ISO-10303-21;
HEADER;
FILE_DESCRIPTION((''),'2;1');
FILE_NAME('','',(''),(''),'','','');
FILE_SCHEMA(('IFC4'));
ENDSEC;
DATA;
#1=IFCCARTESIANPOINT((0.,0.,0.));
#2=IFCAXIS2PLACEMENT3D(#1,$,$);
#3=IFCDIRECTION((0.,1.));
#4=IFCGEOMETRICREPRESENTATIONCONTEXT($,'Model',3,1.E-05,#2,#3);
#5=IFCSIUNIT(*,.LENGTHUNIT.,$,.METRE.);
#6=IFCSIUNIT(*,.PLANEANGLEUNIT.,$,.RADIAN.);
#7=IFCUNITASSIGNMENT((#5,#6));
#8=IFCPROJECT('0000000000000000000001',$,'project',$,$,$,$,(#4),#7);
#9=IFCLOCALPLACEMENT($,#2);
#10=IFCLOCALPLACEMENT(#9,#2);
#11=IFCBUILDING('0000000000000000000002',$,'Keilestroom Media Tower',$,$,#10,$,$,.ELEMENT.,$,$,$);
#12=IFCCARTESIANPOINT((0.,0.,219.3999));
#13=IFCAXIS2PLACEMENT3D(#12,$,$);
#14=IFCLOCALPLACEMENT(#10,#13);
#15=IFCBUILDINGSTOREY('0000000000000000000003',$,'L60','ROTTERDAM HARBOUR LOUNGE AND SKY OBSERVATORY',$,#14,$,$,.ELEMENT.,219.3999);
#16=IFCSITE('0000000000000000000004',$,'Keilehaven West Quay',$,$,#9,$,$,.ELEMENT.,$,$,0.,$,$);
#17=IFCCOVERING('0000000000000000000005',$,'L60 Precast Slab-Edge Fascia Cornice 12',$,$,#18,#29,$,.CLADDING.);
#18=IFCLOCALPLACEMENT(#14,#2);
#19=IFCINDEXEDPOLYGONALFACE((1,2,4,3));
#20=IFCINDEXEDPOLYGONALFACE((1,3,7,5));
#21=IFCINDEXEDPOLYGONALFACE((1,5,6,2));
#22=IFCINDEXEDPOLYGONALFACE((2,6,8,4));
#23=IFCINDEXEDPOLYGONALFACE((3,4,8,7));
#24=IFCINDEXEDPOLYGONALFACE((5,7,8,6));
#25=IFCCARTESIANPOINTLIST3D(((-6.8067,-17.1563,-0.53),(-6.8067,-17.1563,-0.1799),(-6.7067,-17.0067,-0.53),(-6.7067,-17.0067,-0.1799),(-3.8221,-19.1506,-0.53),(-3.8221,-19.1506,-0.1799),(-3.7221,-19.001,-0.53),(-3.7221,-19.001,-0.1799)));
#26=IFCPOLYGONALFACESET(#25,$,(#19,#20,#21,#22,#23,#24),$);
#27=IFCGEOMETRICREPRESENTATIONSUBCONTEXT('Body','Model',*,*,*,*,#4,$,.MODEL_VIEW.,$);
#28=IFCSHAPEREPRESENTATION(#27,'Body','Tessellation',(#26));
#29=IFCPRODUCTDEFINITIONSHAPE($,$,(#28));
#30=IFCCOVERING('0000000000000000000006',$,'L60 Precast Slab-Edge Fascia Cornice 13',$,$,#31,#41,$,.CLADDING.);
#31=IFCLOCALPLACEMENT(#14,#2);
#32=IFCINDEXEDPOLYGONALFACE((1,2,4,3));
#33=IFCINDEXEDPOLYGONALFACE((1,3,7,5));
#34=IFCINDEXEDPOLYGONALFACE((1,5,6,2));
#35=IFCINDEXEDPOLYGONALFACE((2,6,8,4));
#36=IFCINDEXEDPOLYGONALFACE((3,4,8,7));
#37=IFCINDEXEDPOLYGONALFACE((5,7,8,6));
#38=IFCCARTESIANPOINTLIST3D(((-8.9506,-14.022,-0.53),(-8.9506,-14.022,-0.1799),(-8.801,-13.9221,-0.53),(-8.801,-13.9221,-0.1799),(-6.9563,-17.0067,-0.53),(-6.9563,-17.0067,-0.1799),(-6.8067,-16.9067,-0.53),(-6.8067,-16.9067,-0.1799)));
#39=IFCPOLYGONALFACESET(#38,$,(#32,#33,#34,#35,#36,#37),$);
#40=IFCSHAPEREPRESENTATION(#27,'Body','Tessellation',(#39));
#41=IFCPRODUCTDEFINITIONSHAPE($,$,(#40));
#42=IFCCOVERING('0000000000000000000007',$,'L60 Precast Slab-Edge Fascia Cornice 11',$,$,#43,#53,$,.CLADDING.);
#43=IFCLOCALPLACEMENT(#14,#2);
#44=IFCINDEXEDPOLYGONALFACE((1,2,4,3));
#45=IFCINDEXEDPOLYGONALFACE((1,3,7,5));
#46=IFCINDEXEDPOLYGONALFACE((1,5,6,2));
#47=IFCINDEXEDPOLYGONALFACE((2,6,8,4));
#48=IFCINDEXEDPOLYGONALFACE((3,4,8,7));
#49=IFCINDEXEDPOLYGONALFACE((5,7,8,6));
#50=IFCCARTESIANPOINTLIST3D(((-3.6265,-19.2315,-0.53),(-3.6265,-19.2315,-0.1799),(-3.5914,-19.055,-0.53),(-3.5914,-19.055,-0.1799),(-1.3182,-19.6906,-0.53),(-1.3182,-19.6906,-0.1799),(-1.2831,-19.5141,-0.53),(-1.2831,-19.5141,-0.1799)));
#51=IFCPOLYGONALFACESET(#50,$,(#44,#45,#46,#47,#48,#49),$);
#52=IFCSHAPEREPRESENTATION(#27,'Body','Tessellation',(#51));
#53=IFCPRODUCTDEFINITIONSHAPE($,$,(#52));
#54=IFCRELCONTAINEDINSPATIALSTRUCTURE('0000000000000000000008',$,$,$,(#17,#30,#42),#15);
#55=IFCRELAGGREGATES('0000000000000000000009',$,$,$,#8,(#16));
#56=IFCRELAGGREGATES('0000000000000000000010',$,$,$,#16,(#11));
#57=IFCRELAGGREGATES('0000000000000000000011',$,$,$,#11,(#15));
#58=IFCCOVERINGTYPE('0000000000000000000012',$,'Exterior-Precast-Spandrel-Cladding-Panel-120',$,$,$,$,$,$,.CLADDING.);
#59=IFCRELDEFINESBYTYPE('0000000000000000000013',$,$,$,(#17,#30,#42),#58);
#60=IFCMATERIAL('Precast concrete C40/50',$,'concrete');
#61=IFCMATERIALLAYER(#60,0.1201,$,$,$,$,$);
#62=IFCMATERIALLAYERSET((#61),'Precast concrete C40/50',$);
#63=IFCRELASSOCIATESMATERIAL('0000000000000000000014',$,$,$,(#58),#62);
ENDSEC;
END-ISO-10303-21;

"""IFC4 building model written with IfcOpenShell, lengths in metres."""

from ifc_helpers import new_model, si_unit, direction, frame, origin, origin_2d, place, context, subcontext, project, spatial, rectangle, extrude, source, transform, mapped, material, layer, layer_set, type_object, element, save


model = new_model("IFC4")

# Units and contexts
model_context = context("Model", 3, precision=1e-05, world=origin(), true_north=direction((0.0, 1.0)))
body_context = subcontext(model_context, "Body", "Model", "MODEL_VIEW")
ifc_project = project(units=[si_unit("LENGTHUNIT", "METRE"), si_unit("PLANEANGLEUNIT", "RADIAN")], contexts=[model_context])

# Site, building, storey
site_placement = place(None, origin())
site = spatial("IfcSite", under=ifc_project, at=site_placement, Name="Keilehaven West Quay", CompositionType="ELEMENT", RefElevation=0.0)
building_placement = place(site_placement, origin())
building = spatial("IfcBuilding", under=site, at=building_placement, Name="Keilestroom Media Tower", CompositionType="ELEMENT")
storey_placement = place(building_placement, frame((0.0, 0.0, 219.3999)))
storey = spatial("IfcBuildingStorey", under=building, at=storey_placement, Name="L60", Description="ROTTERDAM HARBOUR LOUNGE AND SKY OBSERVATORY", CompositionType="ELEMENT", Elevation=219.3999)

# Shared definitions
ifc_material_1 = material(Name="Precast concrete C40/50", Category="concrete")

# Coverings
ifc_layer_1 = layer(ifc_material_1, 0.1201)
ifc_layer_set_1 = layer_set([ifc_layer_1], Name="Precast concrete C40/50")
covering_type = type_object("IfcCoveringType", Name="Exterior-Precast-Spandrel-Cladding-Panel-120", PredefinedType="CLADDING", material=ifc_layer_set_1)
shared_shape_1 = source(origin(), body_context, "Body", "SweptSolid", [
    extrude(rectangle(XDim=3.5896, YDim=0.1799, at=origin_2d()), origin(), (0.0, 0.0, 1.0), 0.3501),
])
for number, where, z_axis, x_axis, name in (
    (1, (-5.2644, -18.0786, -0.53), (0.0, 0.0, 1.0), (-0.831467, 0.555575, 0.0), "L60 Precast Slab-Edge Fascia Cornice 12"),
    (2, (-7.8787, -15.4644, -0.53), (0.0, 0.0, 1.0), (-0.555575, 0.831467, 0.0), "L60 Precast Slab-Edge Fascia Cornice 13"),
):
    element("IfcCovering", number, at=place(storey_placement, frame(where, z_axis=z_axis, x_axis=x_axis)), inside=storey, type_object=covering_type, Name=name, PredefinedType="CLADDING", context=body_context, shape_type="MappedRepresentation", body=[
        mapped(shared_shape_1, transform((0.0, 0.0, 0.0), x_axis=(1.0, 0.0, 0.0), y_axis=(0.0, 1.0, 0.0), z_axis=(0.0, 0.0, 1.0), scale=1.0)),
    ])
shared_shape_2 = source(origin(), body_context, "Body", "SweptSolid", [
    extrude(rectangle(XDim=2.3535, YDim=0.1799, at=origin_2d()), origin(), (0.0, 0.0, 1.0), 0.3501),
])
covering_placement = place(storey_placement, frame((-2.4548, -19.3728, -0.53), z_axis=(0.0, 0.0, 1.0), x_axis=(-0.980784, 0.195099, 0.0)))
element("IfcCovering", 3, at=covering_placement, inside=storey, type_object=covering_type, Name="L60 Precast Slab-Edge Fascia Cornice 11", PredefinedType="CLADDING", context=body_context, shape_type="MappedRepresentation", body=[
    mapped(shared_shape_2, transform((0.0, 0.0, 0.0), x_axis=(1.0, 0.0, 0.0), y_axis=(0.0, 1.0, 0.0), z_axis=(0.0, 0.0, 1.0), scale=1.0)),
])

save(model, "model.ifc")
